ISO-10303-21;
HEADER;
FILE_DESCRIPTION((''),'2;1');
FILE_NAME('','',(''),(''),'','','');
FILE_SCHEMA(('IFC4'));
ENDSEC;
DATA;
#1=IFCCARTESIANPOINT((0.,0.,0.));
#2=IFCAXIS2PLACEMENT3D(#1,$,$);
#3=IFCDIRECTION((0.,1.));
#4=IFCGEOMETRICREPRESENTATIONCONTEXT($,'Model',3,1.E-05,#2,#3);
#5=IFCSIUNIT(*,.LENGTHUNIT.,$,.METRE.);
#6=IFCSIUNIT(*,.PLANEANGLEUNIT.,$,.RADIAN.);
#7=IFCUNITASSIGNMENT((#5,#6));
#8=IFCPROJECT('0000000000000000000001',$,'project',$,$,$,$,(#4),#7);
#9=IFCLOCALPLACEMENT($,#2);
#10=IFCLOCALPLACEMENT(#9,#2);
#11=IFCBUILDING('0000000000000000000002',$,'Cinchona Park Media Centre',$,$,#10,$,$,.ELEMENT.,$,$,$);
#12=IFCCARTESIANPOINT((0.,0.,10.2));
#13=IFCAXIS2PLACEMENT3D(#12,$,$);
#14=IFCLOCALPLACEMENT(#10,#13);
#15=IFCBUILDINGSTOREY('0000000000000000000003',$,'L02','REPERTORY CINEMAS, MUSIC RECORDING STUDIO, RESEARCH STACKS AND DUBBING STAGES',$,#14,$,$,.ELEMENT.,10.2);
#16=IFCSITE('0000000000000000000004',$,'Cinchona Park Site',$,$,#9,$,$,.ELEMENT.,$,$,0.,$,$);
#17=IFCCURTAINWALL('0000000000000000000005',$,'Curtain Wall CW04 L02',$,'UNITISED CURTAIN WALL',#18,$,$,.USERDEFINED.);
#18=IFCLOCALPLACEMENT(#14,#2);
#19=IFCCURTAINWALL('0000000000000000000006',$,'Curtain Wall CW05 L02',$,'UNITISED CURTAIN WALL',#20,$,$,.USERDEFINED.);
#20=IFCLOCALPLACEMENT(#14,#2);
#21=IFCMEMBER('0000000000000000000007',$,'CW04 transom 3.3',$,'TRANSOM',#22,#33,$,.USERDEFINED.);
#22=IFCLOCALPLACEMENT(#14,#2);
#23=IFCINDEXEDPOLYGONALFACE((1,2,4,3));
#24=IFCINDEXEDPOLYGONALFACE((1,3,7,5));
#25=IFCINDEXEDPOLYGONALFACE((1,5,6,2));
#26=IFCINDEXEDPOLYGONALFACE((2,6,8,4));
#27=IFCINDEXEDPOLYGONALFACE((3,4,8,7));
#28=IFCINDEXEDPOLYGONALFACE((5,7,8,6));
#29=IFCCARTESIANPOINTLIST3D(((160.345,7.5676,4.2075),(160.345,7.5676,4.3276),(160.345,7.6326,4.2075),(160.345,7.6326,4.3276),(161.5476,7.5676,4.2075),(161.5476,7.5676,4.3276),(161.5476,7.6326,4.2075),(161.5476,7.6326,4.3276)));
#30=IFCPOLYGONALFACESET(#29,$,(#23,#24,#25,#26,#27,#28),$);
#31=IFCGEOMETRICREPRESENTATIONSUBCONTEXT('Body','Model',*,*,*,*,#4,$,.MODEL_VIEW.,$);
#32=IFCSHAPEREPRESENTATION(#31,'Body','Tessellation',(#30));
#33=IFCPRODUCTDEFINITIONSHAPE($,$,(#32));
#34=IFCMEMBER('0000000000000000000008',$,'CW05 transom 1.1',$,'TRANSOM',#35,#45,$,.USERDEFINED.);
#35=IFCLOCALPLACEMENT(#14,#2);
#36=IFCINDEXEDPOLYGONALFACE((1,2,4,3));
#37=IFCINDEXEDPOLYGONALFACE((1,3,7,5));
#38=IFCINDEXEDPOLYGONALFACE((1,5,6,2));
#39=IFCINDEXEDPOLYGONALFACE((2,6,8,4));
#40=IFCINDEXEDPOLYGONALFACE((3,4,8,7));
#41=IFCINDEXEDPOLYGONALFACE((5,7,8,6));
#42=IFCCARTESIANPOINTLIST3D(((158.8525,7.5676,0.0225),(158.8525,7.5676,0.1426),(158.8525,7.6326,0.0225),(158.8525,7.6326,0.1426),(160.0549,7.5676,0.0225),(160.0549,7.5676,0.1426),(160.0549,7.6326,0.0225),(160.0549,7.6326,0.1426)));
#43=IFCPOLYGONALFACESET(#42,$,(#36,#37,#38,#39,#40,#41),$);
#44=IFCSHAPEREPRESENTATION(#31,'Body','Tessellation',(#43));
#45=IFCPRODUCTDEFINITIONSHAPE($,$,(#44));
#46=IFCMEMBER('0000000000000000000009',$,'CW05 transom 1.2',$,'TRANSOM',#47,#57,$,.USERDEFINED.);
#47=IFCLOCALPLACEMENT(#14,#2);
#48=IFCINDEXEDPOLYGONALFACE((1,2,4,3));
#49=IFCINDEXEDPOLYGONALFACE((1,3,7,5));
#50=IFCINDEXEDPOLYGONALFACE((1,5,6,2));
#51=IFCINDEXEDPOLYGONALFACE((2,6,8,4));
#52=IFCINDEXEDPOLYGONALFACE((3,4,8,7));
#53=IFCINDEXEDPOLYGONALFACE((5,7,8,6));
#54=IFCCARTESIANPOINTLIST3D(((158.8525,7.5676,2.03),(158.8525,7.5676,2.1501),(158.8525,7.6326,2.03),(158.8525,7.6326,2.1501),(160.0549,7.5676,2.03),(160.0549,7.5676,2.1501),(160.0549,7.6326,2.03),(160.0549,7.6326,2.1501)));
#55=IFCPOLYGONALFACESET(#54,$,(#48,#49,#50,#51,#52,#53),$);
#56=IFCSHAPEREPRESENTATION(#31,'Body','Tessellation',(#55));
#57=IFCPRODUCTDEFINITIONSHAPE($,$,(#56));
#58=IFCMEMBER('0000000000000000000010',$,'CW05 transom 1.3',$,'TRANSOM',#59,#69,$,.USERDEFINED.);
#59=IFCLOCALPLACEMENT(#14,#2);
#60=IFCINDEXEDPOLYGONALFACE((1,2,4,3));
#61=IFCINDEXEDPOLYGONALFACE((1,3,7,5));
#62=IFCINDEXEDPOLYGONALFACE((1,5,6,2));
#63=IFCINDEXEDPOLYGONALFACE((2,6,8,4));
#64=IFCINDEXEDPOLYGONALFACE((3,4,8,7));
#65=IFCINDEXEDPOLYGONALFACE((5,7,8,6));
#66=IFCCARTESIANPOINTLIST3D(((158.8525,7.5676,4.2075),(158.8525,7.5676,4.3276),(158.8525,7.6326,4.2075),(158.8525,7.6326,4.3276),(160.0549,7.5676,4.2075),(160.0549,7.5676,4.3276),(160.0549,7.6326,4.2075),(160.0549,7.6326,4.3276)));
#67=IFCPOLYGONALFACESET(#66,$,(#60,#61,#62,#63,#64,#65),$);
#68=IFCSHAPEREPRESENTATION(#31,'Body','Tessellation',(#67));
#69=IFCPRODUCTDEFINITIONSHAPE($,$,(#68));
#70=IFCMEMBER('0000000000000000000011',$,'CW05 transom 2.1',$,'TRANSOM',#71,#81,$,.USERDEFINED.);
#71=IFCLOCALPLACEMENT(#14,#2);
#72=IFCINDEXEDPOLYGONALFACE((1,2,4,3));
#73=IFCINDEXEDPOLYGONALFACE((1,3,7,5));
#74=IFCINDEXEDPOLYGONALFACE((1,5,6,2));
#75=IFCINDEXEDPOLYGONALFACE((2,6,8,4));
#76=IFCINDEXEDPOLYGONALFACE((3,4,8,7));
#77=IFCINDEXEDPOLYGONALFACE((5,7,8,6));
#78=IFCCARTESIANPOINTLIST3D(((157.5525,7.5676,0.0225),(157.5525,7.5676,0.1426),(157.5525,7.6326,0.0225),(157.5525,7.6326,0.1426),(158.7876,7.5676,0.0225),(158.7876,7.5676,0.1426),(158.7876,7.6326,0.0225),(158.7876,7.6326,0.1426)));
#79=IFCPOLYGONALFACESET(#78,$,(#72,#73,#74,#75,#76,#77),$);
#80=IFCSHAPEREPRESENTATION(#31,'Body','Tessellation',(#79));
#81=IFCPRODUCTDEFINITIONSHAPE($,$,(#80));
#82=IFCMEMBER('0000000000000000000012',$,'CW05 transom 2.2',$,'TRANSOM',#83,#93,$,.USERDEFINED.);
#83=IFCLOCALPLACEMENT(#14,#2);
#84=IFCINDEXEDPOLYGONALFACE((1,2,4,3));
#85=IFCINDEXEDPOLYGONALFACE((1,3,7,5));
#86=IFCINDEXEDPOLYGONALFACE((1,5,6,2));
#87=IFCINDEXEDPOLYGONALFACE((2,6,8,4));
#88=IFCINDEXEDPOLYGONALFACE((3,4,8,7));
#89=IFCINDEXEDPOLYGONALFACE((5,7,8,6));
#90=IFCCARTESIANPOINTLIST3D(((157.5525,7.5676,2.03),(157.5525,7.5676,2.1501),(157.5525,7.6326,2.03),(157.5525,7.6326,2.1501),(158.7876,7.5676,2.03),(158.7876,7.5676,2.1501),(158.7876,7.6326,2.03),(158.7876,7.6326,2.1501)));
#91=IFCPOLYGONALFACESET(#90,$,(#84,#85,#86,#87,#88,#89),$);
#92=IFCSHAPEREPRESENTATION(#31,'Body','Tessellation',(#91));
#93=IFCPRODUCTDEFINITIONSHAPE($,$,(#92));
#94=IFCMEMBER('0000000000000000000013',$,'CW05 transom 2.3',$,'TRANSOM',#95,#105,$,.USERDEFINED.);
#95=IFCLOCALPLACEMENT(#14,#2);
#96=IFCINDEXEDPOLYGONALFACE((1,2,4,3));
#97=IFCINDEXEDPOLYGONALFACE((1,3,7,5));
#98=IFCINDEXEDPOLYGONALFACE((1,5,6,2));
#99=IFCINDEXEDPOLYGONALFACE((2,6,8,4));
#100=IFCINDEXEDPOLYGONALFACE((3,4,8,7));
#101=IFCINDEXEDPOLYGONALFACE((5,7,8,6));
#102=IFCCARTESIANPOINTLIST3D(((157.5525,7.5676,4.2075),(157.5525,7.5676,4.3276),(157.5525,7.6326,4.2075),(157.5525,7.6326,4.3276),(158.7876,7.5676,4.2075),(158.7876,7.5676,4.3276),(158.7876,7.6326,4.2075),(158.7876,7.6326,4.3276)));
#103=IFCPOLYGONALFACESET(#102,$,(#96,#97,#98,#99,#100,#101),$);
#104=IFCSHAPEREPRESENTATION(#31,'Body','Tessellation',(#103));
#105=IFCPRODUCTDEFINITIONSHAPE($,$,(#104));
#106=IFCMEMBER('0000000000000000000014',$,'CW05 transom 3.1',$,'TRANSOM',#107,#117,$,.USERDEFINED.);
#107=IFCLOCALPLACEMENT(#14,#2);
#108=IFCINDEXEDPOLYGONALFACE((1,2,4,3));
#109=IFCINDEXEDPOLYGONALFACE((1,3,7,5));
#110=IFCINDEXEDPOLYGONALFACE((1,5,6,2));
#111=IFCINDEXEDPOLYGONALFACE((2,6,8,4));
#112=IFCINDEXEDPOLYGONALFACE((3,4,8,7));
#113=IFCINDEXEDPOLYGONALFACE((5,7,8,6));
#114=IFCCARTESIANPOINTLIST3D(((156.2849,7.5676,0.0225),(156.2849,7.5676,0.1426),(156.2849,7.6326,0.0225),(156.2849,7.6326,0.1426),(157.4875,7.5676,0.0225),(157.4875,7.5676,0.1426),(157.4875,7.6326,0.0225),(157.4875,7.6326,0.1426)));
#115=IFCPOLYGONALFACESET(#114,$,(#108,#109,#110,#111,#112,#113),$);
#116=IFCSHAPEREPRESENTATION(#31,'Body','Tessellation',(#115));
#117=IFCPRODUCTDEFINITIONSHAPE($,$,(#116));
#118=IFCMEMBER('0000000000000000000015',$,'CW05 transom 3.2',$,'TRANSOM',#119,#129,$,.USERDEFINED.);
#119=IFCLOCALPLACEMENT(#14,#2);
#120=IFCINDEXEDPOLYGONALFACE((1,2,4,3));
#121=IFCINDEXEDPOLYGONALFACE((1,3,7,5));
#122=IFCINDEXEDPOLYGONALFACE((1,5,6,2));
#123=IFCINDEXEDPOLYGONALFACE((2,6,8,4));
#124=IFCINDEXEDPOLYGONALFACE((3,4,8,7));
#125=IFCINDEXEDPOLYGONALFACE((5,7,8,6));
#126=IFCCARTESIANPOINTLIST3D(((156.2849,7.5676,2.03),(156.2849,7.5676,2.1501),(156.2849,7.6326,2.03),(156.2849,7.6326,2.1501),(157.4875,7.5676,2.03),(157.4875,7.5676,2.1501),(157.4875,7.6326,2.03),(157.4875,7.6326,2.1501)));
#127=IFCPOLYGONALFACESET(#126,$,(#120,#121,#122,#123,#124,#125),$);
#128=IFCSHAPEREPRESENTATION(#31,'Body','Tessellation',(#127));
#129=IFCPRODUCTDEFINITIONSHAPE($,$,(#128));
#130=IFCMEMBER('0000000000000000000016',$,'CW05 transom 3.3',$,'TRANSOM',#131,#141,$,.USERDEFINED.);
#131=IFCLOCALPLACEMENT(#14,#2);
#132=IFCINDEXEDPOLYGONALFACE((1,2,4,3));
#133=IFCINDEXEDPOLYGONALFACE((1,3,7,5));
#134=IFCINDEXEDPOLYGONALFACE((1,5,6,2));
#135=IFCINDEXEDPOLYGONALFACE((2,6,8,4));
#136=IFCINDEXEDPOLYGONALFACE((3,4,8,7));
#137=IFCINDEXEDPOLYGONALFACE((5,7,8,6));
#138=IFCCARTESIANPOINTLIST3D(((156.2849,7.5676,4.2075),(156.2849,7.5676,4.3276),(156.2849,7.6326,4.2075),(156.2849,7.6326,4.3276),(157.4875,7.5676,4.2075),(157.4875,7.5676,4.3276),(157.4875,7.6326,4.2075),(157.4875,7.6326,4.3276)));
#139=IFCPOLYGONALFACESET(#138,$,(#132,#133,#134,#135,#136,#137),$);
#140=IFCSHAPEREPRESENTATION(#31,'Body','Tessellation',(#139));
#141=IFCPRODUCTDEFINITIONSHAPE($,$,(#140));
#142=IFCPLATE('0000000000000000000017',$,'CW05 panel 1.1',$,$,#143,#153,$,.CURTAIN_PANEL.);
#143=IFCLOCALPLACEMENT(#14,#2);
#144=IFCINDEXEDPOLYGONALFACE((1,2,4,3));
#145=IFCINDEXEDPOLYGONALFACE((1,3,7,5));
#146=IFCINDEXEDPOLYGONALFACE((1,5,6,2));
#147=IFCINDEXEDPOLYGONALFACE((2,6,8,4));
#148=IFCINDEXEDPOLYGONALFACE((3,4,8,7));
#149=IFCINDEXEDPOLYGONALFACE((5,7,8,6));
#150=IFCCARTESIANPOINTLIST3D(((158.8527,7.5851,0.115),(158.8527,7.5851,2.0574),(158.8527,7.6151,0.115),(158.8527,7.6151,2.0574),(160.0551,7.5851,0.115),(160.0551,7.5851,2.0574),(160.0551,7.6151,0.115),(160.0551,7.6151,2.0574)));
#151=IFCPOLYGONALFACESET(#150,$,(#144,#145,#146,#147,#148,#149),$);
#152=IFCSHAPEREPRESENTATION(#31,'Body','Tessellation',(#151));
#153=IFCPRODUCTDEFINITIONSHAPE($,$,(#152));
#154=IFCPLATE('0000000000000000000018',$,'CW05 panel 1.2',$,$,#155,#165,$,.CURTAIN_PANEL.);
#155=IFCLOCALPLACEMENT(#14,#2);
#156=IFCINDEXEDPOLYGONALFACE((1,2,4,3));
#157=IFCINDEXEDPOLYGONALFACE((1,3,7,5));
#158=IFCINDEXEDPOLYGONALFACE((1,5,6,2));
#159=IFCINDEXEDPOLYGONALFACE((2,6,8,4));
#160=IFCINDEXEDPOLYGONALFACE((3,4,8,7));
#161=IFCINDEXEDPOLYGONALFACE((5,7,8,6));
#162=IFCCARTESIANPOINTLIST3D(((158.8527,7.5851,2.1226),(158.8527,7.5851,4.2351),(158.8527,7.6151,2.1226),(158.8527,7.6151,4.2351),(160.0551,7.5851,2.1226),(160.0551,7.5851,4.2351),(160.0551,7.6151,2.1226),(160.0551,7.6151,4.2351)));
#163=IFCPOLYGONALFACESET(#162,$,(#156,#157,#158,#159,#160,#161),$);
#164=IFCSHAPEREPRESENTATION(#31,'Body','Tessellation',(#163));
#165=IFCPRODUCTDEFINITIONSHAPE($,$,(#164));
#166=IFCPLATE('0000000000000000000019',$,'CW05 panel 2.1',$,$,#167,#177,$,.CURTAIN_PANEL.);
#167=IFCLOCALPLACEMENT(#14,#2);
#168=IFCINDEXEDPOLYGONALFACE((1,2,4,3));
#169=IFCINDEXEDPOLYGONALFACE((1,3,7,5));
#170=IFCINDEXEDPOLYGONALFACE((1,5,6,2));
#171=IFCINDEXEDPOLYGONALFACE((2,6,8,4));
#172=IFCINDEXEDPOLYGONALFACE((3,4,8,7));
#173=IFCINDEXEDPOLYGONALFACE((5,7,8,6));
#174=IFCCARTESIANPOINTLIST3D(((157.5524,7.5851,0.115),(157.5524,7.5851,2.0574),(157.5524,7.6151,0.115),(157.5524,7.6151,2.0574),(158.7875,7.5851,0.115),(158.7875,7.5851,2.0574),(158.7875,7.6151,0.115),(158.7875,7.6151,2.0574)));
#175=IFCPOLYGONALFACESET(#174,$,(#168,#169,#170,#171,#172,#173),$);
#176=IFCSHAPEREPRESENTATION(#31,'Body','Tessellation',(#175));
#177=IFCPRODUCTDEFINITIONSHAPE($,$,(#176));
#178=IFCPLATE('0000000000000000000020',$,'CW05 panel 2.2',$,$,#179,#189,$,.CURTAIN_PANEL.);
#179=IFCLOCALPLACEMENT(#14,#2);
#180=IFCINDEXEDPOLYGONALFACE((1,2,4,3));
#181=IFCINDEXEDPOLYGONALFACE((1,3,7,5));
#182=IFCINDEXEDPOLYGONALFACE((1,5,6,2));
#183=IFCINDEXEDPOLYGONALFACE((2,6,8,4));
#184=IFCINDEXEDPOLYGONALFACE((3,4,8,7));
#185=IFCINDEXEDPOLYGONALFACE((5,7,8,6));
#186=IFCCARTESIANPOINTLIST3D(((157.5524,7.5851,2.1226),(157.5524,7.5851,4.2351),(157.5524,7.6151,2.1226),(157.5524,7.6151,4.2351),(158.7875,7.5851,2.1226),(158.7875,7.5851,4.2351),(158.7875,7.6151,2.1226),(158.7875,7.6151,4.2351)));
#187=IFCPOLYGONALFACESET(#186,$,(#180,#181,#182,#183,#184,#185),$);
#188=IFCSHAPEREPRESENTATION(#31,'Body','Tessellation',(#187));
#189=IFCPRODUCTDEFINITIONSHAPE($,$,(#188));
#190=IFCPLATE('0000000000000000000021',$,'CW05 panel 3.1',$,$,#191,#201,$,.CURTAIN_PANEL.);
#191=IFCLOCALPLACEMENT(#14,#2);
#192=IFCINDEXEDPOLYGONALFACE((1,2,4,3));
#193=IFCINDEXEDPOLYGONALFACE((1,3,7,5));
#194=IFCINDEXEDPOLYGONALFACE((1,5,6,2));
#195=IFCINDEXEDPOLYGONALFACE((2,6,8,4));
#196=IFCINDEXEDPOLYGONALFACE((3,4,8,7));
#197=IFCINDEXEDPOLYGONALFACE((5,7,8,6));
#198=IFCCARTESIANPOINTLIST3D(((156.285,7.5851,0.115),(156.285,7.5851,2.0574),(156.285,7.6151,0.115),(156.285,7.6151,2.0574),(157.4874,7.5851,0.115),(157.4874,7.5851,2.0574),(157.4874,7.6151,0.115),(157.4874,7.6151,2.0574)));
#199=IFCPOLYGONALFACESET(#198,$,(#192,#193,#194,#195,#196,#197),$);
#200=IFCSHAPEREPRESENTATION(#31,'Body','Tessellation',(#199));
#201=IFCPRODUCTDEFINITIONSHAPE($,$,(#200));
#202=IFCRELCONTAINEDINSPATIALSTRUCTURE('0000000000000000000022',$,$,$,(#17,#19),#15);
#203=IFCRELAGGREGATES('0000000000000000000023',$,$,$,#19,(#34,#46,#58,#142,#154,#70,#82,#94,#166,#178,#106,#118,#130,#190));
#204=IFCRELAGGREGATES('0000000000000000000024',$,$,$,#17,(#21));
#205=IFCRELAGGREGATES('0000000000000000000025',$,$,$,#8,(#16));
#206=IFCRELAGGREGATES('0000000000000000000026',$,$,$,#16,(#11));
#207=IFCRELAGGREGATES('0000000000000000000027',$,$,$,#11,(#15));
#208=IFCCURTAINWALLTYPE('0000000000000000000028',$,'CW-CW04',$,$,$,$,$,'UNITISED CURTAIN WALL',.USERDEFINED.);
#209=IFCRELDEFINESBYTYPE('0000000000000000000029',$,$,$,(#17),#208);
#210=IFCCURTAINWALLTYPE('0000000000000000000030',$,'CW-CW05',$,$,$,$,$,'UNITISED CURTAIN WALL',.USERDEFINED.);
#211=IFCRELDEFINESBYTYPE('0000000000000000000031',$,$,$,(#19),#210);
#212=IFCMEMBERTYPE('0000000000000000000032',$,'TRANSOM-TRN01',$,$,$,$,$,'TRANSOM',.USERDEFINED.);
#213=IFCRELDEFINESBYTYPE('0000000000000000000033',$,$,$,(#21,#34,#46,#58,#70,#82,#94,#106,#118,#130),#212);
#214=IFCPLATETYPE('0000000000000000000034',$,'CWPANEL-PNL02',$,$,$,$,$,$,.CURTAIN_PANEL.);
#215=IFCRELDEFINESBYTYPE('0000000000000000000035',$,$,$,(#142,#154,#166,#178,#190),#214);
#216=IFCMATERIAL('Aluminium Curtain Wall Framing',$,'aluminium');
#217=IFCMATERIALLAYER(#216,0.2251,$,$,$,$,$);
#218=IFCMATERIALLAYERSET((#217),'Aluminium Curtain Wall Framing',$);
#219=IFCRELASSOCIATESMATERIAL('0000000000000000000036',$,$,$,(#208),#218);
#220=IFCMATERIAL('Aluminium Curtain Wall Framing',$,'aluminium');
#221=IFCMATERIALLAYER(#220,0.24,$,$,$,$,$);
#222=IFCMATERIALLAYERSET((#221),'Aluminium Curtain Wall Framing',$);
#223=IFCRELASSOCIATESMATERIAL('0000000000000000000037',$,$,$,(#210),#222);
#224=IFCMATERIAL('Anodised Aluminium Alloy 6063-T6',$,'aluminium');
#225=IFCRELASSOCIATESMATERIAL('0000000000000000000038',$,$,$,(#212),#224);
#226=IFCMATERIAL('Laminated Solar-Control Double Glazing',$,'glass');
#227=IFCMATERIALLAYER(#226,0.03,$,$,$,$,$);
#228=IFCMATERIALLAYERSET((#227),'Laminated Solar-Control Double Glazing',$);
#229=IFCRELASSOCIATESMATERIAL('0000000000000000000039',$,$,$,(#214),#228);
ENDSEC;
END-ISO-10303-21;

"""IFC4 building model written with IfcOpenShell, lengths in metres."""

from ifc_helpers import new_model, si_unit, direction, frame, origin, origin_2d, place, context, subcontext, project, spatial, rectangle, extrude, material, layer, layer_set, material_profile, profile_set, type_object, element, aggregate, save


model = new_model("IFC4")

# Units and contexts
model_context = context("Model", 3, precision=1e-05, world=origin(), true_north=direction((0.0, 1.0)))
body_context = subcontext(model_context, "Body", "Model", "MODEL_VIEW")
ifc_project = project(units=[si_unit("LENGTHUNIT", "METRE"), si_unit("PLANEANGLEUNIT", "RADIAN")], contexts=[model_context])

# Site, building, storey
site_placement = place(None, origin())
site = spatial("IfcSite", under=ifc_project, at=site_placement, Name="Cinchona Park Site", CompositionType="ELEMENT", RefElevation=0.0)
building_placement = place(site_placement, origin())
building = spatial("IfcBuilding", under=site, at=building_placement, Name="Cinchona Park Media Centre", CompositionType="ELEMENT")
storey_placement = place(building_placement, frame((0.0, 0.0, 10.2)))
storey = spatial("IfcBuildingStorey", under=building, at=storey_placement, Name="L02", Description="REPERTORY CINEMAS, MUSIC RECORDING STUDIO, RESEARCH STACKS AND DUBBING STAGES", CompositionType="ELEMENT", Elevation=10.2)

# Curtain walls
ifc_material_1 = material(Name="Aluminium Curtain Wall Framing", Category="aluminium")
ifc_layer_1 = layer(ifc_material_1, 0.2251)
ifc_layer_set_1 = layer_set([ifc_layer_1], Name="Aluminium Curtain Wall Framing")
curtain_wall_type_1 = type_object("IfcCurtainWallType", Name="CW-CW04", ElementType="UNITISED CURTAIN WALL", PredefinedType="USERDEFINED", material=ifc_layer_set_1)
curtain_wall_1_placement = place(storey_placement, origin())
curtain_wall_1 = element("IfcCurtainWall", 1, at=curtain_wall_1_placement, inside=storey, type_object=curtain_wall_type_1, Name="Curtain Wall CW04 L02", ObjectType="UNITISED CURTAIN WALL", PredefinedType="USERDEFINED")
ifc_material_2 = material(Name="Aluminium Curtain Wall Framing", Category="aluminium")
ifc_layer_2 = layer(ifc_material_2, 0.24)
ifc_layer_set_2 = layer_set([ifc_layer_2], Name="Aluminium Curtain Wall Framing")
curtain_wall_type_2 = type_object("IfcCurtainWallType", Name="CW-CW05", ElementType="UNITISED CURTAIN WALL", PredefinedType="USERDEFINED", material=ifc_layer_set_2)
curtain_wall_2_placement = place(storey_placement, origin())
curtain_wall_2 = element("IfcCurtainWall", 2, at=curtain_wall_2_placement, inside=storey, type_object=curtain_wall_type_2, Name="Curtain Wall CW05 L02", ObjectType="UNITISED CURTAIN WALL", PredefinedType="USERDEFINED")

# Members
ifc_material_3 = material(Name="Anodised Aluminium Alloy 6063-T6", Category="aluminium")
ifc_material_profile_1 = material_profile(ifc_material_3, rectangle(XDim=0.0649, YDim=0.1201, at=origin_2d()), Name="TRN-65X120")
ifc_profile_set_1 = profile_set([ifc_material_profile_1], Name="Anodised Aluminium Alloy 6063-T6")
member_type_1 = type_object("IfcMemberType", Name="TRANSOM-TRN01", ElementType="TRANSOM", PredefinedType="USERDEFINED", material=ifc_profile_set_1)
member_1_placement = place(storey_placement, frame((161.5476, 7.6001, 4.2676), z_axis=(-1.0, 0.0, 0.0), x_axis=(0.0, -1.0, 0.0)))
member_1 = element("IfcMember", 3, at=member_1_placement, type_object=member_type_1, Name="CW04 transom 3.3", ObjectType="TRANSOM", PredefinedType="USERDEFINED", context=body_context, shape_type="SweptSolid", body=[
    extrude(rectangle(XDim=0.0649, YDim=0.1201, at=origin_2d()), origin(), (0.0, 0.0, 1.0), 1.2026),
])
member_2_placement = place(storey_placement, frame((160.0549, 7.6001, 0.0825), z_axis=(-1.0, 0.0, 0.0), x_axis=(0.0, -1.0, 0.0)))
member_2 = element("IfcMember", 4, at=member_2_placement, type_object=member_type_1, Name="CW05 transom 1.1", ObjectType="TRANSOM", PredefinedType="USERDEFINED", context=body_context, shape_type="SweptSolid", body=[
    extrude(rectangle(XDim=0.0649, YDim=0.1201, at=origin_2d()), origin(), (0.0, 0.0, 1.0), 1.2024),
])
member_3_placement = place(storey_placement, frame((160.0549, 7.6001, 2.0901), z_axis=(-1.0, 0.0, 0.0), x_axis=(0.0, -1.0, 0.0)))
member_3 = element("IfcMember", 5, at=member_3_placement, type_object=member_type_1, Name="CW05 transom 1.2", ObjectType="TRANSOM", PredefinedType="USERDEFINED", context=body_context, shape_type="SweptSolid", body=[
    extrude(rectangle(XDim=0.0649, YDim=0.1201, at=origin_2d()), origin(), (0.0, 0.0, 1.0), 1.2024),
])
member_4_placement = place(storey_placement, frame((160.0549, 7.6001, 4.2676), z_axis=(-1.0, 0.0, 0.0), x_axis=(0.0, -1.0, 0.0)))
member_4 = element("IfcMember", 6, at=member_4_placement, type_object=member_type_1, Name="CW05 transom 1.3", ObjectType="TRANSOM", PredefinedType="USERDEFINED", context=body_context, shape_type="SweptSolid", body=[
    extrude(rectangle(XDim=0.0649, YDim=0.1201, at=origin_2d()), origin(), (0.0, 0.0, 1.0), 1.2024),
])
member_5_placement = place(storey_placement, frame((158.7876, 7.6001, 0.0825), z_axis=(-1.0, 0.0, 0.0), x_axis=(0.0, -1.0, 0.0)))
member_5 = element("IfcMember", 7, at=member_5_placement, type_object=member_type_1, Name="CW05 transom 2.1", ObjectType="TRANSOM", PredefinedType="USERDEFINED", context=body_context, shape_type="SweptSolid", body=[
    extrude(rectangle(XDim=0.0649, YDim=0.1201, at=origin_2d()), origin(), (0.0, 0.0, 1.0), 1.2351),
])
member_6_placement = place(storey_placement, frame((158.7876, 7.6001, 2.0901), z_axis=(-1.0, 0.0, 0.0), x_axis=(0.0, -1.0, 0.0)))
member_6 = element("IfcMember", 8, at=member_6_placement, type_object=member_type_1, Name="CW05 transom 2.2", ObjectType="TRANSOM", PredefinedType="USERDEFINED", context=body_context, shape_type="SweptSolid", body=[
    extrude(rectangle(XDim=0.0649, YDim=0.1201, at=origin_2d()), origin(), (0.0, 0.0, 1.0), 1.2351),
])
member_7_placement = place(storey_placement, frame((158.7876, 7.6001, 4.2676), z_axis=(-1.0, 0.0, 0.0), x_axis=(0.0, -1.0, 0.0)))
member_7 = element("IfcMember", 9, at=member_7_placement, type_object=member_type_1, Name="CW05 transom 2.3", ObjectType="TRANSOM", PredefinedType="USERDEFINED", context=body_context, shape_type="SweptSolid", body=[
    extrude(rectangle(XDim=0.0649, YDim=0.1201, at=origin_2d()), origin(), (0.0, 0.0, 1.0), 1.2351),
])
member_8_placement = place(storey_placement, frame((157.4875, 7.6001, 0.0825), z_axis=(-1.0, 0.0, 0.0), x_axis=(0.0, -1.0, 0.0)))
member_8 = element("IfcMember", 10, at=member_8_placement, type_object=member_type_1, Name="CW05 transom 3.1", ObjectType="TRANSOM", PredefinedType="USERDEFINED", context=body_context, shape_type="SweptSolid", body=[
    extrude(rectangle(XDim=0.0649, YDim=0.1201, at=origin_2d()), origin(), (0.0, 0.0, 1.0), 1.2026),
])
member_9_placement = place(storey_placement, frame((157.4875, 7.6001, 2.0901), z_axis=(-1.0, 0.0, 0.0), x_axis=(0.0, -1.0, 0.0)))
member_9 = element("IfcMember", 11, at=member_9_placement, type_object=member_type_1, Name="CW05 transom 3.2", ObjectType="TRANSOM", PredefinedType="USERDEFINED", context=body_context, shape_type="SweptSolid", body=[
    extrude(rectangle(XDim=0.0649, YDim=0.1201, at=origin_2d()), origin(), (0.0, 0.0, 1.0), 1.2026),
])
member_10_placement = place(storey_placement, frame((157.4875, 7.6001, 4.2676), z_axis=(-1.0, 0.0, 0.0), x_axis=(0.0, -1.0, 0.0)))
member_10 = element("IfcMember", 12, at=member_10_placement, type_object=member_type_1, Name="CW05 transom 3.3", ObjectType="TRANSOM", PredefinedType="USERDEFINED", context=body_context, shape_type="SweptSolid", body=[
    extrude(rectangle(XDim=0.0649, YDim=0.1201, at=origin_2d()), origin(), (0.0, 0.0, 1.0), 1.2026),
])

# Plates
ifc_material_4 = material(Name="Laminated Solar-Control Double Glazing", Category="glass")
ifc_layer_3 = layer(ifc_material_4, 0.03)
ifc_layer_set_3 = layer_set([ifc_layer_3], Name="Laminated Solar-Control Double Glazing")
plate_type_1 = type_object("IfcPlateType", Name="CWPANEL-PNL02", PredefinedType="CURTAIN_PANEL", material=ifc_layer_set_3)
plate_1_placement = place(storey_placement, frame((159.4539, 7.6001, 0.115), z_axis=(0.0, 0.0, 1.0), x_axis=(-1.0, 0.0, 0.0)))
plate_1 = element("IfcPlate", 13, at=plate_1_placement, type_object=plate_type_1, Name="CW05 panel 1.1", PredefinedType="CURTAIN_PANEL", context=body_context, shape_type="SweptSolid", body=[
    extrude(rectangle(XDim=1.2024, YDim=0.03, at=origin_2d()), origin(), (0.0, 0.0, 1.0), 1.9424),
])
plate_2_placement = place(storey_placement, frame((159.4539, 7.6001, 2.1226), z_axis=(0.0, 0.0, 1.0), x_axis=(-1.0, 0.0, 0.0)))
plate_2 = element("IfcPlate", 14, at=plate_2_placement, type_object=plate_type_1, Name="CW05 panel 1.2", PredefinedType="CURTAIN_PANEL", context=body_context, shape_type="SweptSolid", body=[
    extrude(rectangle(XDim=1.2024, YDim=0.03, at=origin_2d()), origin(), (0.0, 0.0, 1.0), 2.1125),
])
plate_3_placement = place(storey_placement, frame((158.1699, 7.6001, 0.115), z_axis=(0.0, 0.0, 1.0), x_axis=(-1.0, 0.0, 0.0)))
plate_3 = element("IfcPlate", 15, at=plate_3_placement, type_object=plate_type_1, Name="CW05 panel 2.1", PredefinedType="CURTAIN_PANEL", context=body_context, shape_type="SweptSolid", body=[
    extrude(rectangle(XDim=1.2351, YDim=0.03, at=origin_2d()), origin(), (0.0, 0.0, 1.0), 1.9424),
])
plate_4_placement = place(storey_placement, frame((158.1699, 7.6001, 2.1226), z_axis=(0.0, 0.0, 1.0), x_axis=(-1.0, 0.0, 0.0)))
plate_4 = element("IfcPlate", 16, at=plate_4_placement, type_object=plate_type_1, Name="CW05 panel 2.2", PredefinedType="CURTAIN_PANEL", context=body_context, shape_type="SweptSolid", body=[
    extrude(rectangle(XDim=1.2351, YDim=0.03, at=origin_2d()), origin(), (0.0, 0.0, 1.0), 2.1125),
])
plate_5_placement = place(storey_placement, frame((156.8862, 7.6001, 0.115), z_axis=(0.0, 0.0, 1.0), x_axis=(-1.0, 0.0, 0.0)))
plate_5 = element("IfcPlate", 17, at=plate_5_placement, type_object=plate_type_1, Name="CW05 panel 3.1", PredefinedType="CURTAIN_PANEL", context=body_context, shape_type="SweptSolid", body=[
    extrude(rectangle(XDim=1.2024, YDim=0.03, at=origin_2d()), origin(), (0.0, 0.0, 1.0), 1.9424),
])
aggregate(curtain_wall_2, [member_2, member_3, member_4, plate_1, plate_2, member_5, member_6, member_7, plate_3, plate_4, member_8, member_9, member_10, plate_5])
aggregate(curtain_wall_1, [member_1])

save(model, "model.ifc")
